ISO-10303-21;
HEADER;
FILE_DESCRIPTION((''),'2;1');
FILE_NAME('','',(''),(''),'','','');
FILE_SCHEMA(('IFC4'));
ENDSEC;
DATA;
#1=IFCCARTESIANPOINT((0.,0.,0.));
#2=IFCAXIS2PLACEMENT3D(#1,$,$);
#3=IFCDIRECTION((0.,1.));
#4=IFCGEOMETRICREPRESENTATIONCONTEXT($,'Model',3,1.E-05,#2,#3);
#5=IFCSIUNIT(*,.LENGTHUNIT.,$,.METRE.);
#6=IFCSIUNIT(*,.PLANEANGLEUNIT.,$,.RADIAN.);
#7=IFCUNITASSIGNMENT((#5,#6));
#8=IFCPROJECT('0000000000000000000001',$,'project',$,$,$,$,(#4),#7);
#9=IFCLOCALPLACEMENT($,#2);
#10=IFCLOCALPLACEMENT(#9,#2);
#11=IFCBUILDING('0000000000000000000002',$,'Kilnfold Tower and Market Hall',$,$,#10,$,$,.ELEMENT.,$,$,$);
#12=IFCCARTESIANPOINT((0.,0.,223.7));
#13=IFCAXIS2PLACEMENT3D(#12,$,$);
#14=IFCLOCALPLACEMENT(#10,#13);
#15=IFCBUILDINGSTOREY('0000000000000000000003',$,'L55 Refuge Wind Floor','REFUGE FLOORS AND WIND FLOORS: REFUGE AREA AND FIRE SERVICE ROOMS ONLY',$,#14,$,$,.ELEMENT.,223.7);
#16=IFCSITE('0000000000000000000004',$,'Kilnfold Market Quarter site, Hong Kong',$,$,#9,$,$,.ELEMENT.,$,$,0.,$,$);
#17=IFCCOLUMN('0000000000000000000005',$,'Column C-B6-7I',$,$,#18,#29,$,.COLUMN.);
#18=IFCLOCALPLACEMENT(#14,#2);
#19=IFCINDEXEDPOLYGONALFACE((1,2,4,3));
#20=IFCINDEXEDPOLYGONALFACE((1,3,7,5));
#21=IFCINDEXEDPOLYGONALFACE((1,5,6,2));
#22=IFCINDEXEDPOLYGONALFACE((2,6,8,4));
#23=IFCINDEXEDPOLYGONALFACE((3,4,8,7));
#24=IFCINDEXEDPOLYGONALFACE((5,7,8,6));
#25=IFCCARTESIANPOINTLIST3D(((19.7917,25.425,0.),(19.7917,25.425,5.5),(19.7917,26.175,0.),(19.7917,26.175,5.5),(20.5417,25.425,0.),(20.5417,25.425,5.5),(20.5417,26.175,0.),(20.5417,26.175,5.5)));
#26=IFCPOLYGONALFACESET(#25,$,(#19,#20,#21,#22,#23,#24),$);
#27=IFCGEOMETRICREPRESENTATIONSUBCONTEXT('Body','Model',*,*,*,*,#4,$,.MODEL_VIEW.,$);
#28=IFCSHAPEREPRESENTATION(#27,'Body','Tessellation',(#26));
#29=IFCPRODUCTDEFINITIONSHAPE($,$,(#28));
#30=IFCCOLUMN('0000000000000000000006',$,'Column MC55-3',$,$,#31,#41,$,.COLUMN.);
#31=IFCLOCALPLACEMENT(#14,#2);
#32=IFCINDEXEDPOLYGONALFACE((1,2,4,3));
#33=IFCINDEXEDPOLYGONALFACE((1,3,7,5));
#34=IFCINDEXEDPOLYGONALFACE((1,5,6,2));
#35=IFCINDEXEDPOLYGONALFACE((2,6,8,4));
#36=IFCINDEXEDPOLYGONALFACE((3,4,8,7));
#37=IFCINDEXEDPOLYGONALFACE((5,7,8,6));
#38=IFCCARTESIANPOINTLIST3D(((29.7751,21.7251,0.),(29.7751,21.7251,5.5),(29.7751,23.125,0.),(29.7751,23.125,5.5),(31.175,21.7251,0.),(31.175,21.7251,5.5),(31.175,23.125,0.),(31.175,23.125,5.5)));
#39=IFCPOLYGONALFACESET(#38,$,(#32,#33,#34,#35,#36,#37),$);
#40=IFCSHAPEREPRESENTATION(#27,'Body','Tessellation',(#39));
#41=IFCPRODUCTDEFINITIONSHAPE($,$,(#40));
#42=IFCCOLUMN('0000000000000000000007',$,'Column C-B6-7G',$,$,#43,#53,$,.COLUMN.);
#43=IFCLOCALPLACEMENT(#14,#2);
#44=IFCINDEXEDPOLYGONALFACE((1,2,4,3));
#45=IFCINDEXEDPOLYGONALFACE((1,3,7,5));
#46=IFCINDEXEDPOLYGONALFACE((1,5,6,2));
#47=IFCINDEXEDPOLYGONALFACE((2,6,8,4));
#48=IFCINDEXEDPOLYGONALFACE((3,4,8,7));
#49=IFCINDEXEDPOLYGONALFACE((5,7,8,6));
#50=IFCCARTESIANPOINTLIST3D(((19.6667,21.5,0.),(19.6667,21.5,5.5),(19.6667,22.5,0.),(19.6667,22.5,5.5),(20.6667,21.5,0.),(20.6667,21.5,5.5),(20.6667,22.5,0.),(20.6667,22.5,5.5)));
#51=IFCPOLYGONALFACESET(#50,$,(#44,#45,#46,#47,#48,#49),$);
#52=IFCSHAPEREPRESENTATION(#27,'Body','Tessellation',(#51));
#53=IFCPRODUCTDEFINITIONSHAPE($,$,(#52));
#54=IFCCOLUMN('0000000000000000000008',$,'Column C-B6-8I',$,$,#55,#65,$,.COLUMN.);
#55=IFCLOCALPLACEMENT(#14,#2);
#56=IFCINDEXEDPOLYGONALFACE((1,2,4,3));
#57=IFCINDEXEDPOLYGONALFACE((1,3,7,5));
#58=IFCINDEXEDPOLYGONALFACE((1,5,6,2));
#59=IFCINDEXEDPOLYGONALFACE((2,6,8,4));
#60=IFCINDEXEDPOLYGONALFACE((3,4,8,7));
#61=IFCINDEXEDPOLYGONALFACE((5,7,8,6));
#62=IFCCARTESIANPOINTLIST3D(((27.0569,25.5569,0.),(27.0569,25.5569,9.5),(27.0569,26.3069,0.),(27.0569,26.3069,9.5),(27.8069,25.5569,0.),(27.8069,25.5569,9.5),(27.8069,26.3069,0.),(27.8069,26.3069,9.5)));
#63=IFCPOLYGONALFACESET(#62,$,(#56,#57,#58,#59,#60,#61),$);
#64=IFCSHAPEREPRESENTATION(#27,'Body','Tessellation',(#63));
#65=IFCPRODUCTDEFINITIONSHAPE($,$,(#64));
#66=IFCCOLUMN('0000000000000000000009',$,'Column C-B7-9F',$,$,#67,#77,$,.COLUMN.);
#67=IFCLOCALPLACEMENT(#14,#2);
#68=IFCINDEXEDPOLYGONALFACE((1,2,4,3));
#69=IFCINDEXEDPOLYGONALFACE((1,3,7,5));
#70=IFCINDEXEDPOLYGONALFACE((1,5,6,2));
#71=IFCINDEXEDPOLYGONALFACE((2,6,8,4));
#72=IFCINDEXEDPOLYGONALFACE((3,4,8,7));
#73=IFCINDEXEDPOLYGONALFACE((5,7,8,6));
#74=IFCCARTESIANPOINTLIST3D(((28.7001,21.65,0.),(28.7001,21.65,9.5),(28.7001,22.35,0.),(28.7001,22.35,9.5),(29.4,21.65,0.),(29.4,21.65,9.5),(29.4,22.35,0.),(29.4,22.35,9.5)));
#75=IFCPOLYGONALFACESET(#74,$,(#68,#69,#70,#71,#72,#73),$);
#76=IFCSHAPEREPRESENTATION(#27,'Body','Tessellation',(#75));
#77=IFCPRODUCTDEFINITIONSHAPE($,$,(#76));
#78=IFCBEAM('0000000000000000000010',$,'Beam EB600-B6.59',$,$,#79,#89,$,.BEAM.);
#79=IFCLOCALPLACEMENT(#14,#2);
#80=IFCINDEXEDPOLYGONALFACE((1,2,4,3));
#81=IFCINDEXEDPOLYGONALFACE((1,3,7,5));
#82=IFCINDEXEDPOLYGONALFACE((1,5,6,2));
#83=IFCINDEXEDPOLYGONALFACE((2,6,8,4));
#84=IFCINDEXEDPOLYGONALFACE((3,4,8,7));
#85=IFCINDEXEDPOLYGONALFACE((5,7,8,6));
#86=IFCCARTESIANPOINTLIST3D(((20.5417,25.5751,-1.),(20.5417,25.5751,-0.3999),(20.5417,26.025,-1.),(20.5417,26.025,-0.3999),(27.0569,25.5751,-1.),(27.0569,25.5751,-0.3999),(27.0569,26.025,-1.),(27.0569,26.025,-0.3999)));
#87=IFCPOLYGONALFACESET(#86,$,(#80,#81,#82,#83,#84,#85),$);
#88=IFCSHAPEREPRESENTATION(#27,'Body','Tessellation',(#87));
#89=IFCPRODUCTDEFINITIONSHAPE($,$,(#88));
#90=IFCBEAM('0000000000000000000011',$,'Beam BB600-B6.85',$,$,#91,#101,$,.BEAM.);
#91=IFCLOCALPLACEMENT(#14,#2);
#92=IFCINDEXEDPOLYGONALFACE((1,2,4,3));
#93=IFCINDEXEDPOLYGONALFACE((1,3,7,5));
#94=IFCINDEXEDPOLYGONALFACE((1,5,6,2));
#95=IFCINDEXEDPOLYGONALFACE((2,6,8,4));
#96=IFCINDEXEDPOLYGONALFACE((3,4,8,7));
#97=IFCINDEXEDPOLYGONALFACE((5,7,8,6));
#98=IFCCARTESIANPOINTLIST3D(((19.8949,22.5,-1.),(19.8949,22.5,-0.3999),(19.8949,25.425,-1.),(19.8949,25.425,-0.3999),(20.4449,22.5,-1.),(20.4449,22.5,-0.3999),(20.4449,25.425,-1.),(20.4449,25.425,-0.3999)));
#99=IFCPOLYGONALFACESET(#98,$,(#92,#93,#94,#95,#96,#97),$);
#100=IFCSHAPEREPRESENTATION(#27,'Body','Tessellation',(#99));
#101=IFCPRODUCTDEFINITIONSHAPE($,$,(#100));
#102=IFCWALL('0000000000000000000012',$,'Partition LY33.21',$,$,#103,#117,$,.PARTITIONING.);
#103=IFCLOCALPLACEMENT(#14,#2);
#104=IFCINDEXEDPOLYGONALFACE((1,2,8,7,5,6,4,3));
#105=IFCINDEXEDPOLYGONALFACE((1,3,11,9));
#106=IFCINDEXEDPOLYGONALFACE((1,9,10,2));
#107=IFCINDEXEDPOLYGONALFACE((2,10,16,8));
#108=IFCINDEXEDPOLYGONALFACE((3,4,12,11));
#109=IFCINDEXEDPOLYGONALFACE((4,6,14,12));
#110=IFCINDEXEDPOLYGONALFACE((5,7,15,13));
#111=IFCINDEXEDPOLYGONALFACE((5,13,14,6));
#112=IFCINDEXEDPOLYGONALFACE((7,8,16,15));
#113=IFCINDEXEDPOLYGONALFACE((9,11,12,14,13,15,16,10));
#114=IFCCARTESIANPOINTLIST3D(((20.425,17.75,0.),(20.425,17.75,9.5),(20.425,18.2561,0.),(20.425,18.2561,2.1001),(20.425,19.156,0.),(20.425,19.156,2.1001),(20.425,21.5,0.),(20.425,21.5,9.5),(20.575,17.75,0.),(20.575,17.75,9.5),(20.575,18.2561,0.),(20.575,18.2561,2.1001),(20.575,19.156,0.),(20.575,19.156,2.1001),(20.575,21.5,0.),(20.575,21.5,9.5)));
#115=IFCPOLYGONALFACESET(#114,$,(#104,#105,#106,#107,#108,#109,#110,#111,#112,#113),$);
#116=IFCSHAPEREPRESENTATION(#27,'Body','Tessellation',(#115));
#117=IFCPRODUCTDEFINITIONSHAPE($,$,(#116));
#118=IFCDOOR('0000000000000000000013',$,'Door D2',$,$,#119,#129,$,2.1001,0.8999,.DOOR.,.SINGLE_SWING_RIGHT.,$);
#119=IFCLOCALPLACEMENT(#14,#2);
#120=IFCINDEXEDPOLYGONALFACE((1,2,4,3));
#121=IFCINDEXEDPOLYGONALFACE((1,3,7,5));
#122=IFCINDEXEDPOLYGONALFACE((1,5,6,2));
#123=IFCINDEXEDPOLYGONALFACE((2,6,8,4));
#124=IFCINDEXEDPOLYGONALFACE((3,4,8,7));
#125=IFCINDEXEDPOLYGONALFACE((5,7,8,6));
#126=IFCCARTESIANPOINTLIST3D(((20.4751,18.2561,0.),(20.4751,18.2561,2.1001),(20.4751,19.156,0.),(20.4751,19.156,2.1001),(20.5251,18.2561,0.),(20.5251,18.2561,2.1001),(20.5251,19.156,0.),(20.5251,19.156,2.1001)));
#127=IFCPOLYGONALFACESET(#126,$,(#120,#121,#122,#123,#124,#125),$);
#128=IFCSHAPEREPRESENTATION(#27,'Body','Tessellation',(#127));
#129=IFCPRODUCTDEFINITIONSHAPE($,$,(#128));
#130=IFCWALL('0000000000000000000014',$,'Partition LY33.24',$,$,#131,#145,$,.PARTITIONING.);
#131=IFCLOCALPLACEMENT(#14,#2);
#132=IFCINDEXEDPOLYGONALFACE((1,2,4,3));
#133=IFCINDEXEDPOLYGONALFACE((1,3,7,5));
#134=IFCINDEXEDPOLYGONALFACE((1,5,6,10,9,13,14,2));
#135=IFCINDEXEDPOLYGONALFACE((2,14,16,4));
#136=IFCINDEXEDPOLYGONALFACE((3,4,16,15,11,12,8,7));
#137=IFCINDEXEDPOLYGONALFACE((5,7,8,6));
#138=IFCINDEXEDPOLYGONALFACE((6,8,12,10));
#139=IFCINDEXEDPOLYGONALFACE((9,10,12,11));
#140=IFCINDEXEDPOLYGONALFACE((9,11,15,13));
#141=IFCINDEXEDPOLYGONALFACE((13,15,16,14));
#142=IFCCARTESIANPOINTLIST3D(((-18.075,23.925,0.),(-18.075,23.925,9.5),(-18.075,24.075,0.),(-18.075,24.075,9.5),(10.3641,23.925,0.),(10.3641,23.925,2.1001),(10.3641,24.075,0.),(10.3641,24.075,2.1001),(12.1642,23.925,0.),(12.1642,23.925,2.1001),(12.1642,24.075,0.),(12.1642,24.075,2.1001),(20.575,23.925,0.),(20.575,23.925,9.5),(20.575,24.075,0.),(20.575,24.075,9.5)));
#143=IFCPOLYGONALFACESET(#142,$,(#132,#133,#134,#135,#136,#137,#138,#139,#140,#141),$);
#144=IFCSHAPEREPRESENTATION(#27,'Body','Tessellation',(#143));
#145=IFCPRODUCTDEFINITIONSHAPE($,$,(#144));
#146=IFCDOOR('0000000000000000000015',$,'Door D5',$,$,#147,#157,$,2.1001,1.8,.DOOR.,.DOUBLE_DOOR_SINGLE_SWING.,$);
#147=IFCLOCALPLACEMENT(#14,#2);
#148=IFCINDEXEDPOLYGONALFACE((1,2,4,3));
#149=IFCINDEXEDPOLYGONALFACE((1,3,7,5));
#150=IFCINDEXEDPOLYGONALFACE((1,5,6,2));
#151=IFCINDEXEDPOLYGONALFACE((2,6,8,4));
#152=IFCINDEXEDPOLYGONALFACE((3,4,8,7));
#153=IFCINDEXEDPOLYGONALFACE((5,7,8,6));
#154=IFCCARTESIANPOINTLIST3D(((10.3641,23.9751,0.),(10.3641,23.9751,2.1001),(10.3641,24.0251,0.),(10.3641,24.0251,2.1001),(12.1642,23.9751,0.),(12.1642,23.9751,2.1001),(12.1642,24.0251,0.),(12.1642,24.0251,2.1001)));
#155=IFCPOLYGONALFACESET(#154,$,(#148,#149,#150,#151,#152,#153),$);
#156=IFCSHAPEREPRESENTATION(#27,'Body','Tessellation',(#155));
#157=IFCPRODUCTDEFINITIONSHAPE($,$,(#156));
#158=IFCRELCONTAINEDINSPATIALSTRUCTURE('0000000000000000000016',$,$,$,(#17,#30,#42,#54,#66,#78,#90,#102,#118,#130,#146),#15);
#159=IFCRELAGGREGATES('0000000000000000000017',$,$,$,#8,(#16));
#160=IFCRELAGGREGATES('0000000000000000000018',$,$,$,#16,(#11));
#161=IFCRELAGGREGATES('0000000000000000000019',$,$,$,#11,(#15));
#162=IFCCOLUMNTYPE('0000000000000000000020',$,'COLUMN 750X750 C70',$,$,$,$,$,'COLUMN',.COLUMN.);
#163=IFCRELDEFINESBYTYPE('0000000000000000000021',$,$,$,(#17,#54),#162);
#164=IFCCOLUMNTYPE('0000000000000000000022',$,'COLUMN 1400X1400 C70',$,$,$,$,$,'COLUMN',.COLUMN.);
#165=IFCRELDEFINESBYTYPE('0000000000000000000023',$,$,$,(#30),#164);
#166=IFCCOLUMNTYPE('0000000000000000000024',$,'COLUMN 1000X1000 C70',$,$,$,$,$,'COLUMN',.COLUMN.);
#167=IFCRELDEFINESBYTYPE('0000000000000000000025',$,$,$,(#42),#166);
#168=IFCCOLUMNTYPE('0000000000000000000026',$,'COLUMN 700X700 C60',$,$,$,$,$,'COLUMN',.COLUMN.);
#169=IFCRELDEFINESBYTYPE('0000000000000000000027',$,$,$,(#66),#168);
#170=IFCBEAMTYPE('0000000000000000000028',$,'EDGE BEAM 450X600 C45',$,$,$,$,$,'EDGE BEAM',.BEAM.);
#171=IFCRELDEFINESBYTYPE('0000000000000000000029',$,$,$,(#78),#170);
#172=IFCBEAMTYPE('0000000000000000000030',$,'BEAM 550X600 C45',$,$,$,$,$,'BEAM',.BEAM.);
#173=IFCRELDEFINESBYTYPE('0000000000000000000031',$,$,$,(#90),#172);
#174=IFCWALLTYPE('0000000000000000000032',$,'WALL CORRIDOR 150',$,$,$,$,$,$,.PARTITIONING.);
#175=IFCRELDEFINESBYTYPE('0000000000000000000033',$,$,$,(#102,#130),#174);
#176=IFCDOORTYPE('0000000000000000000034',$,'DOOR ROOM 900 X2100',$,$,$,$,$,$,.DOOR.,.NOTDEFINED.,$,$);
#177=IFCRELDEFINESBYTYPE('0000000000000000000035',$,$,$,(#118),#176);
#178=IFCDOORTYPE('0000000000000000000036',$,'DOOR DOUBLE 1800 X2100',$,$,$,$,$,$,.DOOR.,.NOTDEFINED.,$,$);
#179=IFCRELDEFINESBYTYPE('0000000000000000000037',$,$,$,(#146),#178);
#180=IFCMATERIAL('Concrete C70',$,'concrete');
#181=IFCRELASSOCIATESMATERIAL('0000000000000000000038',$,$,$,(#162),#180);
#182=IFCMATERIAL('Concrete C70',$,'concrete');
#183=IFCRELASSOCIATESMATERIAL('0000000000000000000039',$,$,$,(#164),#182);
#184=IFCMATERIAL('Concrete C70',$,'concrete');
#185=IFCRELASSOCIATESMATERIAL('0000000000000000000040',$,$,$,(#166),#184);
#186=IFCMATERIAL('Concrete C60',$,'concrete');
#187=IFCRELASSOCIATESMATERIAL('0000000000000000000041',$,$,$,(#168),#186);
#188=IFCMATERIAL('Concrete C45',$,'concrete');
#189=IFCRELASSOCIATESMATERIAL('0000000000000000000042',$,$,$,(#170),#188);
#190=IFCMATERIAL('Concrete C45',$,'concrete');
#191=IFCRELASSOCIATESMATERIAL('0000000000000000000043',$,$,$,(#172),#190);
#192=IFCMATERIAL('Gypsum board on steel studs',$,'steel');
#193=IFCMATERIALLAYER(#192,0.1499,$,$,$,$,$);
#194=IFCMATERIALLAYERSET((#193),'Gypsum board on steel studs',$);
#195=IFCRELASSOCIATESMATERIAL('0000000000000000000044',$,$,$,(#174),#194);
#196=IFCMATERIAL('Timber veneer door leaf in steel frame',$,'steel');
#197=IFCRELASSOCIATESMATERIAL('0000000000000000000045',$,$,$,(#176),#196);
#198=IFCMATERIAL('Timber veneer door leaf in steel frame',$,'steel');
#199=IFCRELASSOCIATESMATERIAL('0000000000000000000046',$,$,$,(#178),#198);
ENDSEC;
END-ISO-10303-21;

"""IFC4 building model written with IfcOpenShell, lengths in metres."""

from ifc_helpers import new_model, si_unit, direction, frame, frame_2d, origin, origin_2d, place, context, subcontext, project, spatial, rectangle, extrude, source, transform, mapped, material, layer, layer_set, material_profile, profile_set, type_object, element, fill, save


model = new_model("IFC4")

# Units and contexts
model_context = context("Model", 3, precision=1e-05, world=origin(), true_north=direction((0.0, 1.0)))
body_context = subcontext(model_context, "Body", "Model", "MODEL_VIEW")
ifc_project = project(units=[si_unit("LENGTHUNIT", "METRE"), si_unit("PLANEANGLEUNIT", "RADIAN")], contexts=[model_context])

# Site, building, storey
site_placement = place(None, origin())
site = spatial("IfcSite", under=ifc_project, at=site_placement, Name="Kilnfold Market Quarter site, Hong Kong", CompositionType="ELEMENT", RefElevation=0.0)
building_placement = place(site_placement, origin())
building = spatial("IfcBuilding", under=site, at=building_placement, Name="Kilnfold Tower and Market Hall", CompositionType="ELEMENT")
storey_placement = place(building_placement, frame((0.0, 0.0, 223.7)))
storey = spatial("IfcBuildingStorey", under=building, at=storey_placement, Name="L55 Refuge Wind Floor", Description="REFUGE FLOORS AND WIND FLOORS: REFUGE AREA AND FIRE SERVICE ROOMS ONLY", CompositionType="ELEMENT", Elevation=223.7)

# Columns
ifc_material_1 = material(Name="Concrete C70", Category="concrete")
ifc_material_profile_1 = material_profile(ifc_material_1, rectangle(XDim=0.75, YDim=0.75, at=origin_2d()), Name="RC 750x750")
ifc_profile_set_1 = profile_set([ifc_material_profile_1], Name="Concrete C70")
column_type_1 = type_object("IfcColumnType", Name="COLUMN 750X750 C70", ElementType="COLUMN", PredefinedType="COLUMN", material=ifc_profile_set_1)
shared_shape_1 = source(origin(), body_context, "Body", "SweptSolid", [
    extrude(rectangle(XDim=0.75, YDim=0.75, at=origin_2d()), origin(), (0.0, 0.0, 1.0), 5.5),
])
column_1_placement = place(storey_placement, frame((20.1667, 25.8, 0.0), z_axis=(0.0, 0.0, 1.0), x_axis=(1.0, 0.0, 0.0)))
element("IfcColumn", 1, at=column_1_placement, inside=storey, type_object=column_type_1, Name="Column C-B6-7I", PredefinedType="COLUMN", context=body_context, shape_type="MappedRepresentation", body=[
    mapped(shared_shape_1, transform((0.0, 0.0, 0.0))),
])
ifc_material_2 = material(Name="Concrete C70", Category="concrete")
ifc_material_profile_2 = material_profile(ifc_material_2, rectangle(XDim=1.3999, YDim=1.3999, at=origin_2d()), Name="RC 1400x1400")
ifc_profile_set_2 = profile_set([ifc_material_profile_2], Name="Concrete C70")
column_type_2 = type_object("IfcColumnType", Name="COLUMN 1400X1400 C70", ElementType="COLUMN", PredefinedType="COLUMN", material=ifc_profile_set_2)
shared_shape_2 = source(origin(), body_context, "Body", "SweptSolid", [
    extrude(rectangle(XDim=1.3999, YDim=1.3999, at=origin_2d()), origin(), (0.0, 0.0, 1.0), 5.5),
])
column_2_placement = place(storey_placement, frame((30.4751, 22.425, 0.0), z_axis=(0.0, 0.0, 1.0), x_axis=(1.0, 0.0, 0.0)))
element("IfcColumn", 2, at=column_2_placement, inside=storey, type_object=column_type_2, Name="Column MC55-3", PredefinedType="COLUMN", context=body_context, shape_type="MappedRepresentation", body=[
    mapped(shared_shape_2, transform((0.0, 0.0, 0.0))),
])
ifc_material_3 = material(Name="Concrete C70", Category="concrete")
ifc_material_profile_3 = material_profile(ifc_material_3, rectangle(XDim=1.0, YDim=1.0, at=origin_2d()), Name="RC 1000x1000")
ifc_profile_set_3 = profile_set([ifc_material_profile_3], Name="Concrete C70")
column_type_3 = type_object("IfcColumnType", Name="COLUMN 1000X1000 C70", ElementType="COLUMN", PredefinedType="COLUMN", material=ifc_profile_set_3)
shared_shape_3 = source(origin(), body_context, "Body", "SweptSolid", [
    extrude(rectangle(XDim=1.0, YDim=1.0, at=origin_2d()), origin(), (0.0, 0.0, 1.0), 5.5),
])
column_3_placement = place(storey_placement, frame((20.1667, 22.0, 0.0), z_axis=(0.0, 0.0, 1.0), x_axis=(1.0, 0.0, 0.0)))
element("IfcColumn", 3, at=column_3_placement, inside=storey, type_object=column_type_3, Name="Column C-B6-7G", PredefinedType="COLUMN", context=body_context, shape_type="MappedRepresentation", body=[
    mapped(shared_shape_3, transform((0.0, 0.0, 0.0))),
])
shared_shape_4 = source(origin(), body_context, "Body", "SweptSolid", [
    extrude(rectangle(XDim=0.75, YDim=0.75, at=origin_2d()), origin(), (0.0, 0.0, 1.0), 9.5),
])
column_4_placement = place(storey_placement, frame((27.4319, 25.9319, 0.0), z_axis=(0.0, 0.0, 1.0), x_axis=(1.0, 0.0, 0.0)))
element("IfcColumn", 4, at=column_4_placement, inside=storey, type_object=column_type_1, Name="Column C-B6-8I", PredefinedType="COLUMN", context=body_context, shape_type="MappedRepresentation", body=[
    mapped(shared_shape_4, transform((0.0, 0.0, 0.0))),
])
ifc_material_4 = material(Name="Concrete C60", Category="concrete")
ifc_material_profile_4 = material_profile(ifc_material_4, rectangle(XDim=0.7, YDim=0.7, at=origin_2d()), Name="RC 700x700")
ifc_profile_set_4 = profile_set([ifc_material_profile_4], Name="Concrete C60")
column_type_4 = type_object("IfcColumnType", Name="COLUMN 700X700 C60", ElementType="COLUMN", PredefinedType="COLUMN", material=ifc_profile_set_4)
shared_shape_5 = source(origin(), body_context, "Body", "SweptSolid", [
    extrude(rectangle(XDim=0.7, YDim=0.7, at=origin_2d()), origin(), (0.0, 0.0, 1.0), 9.5),
])
column_5_placement = place(storey_placement, frame((29.05, 22.0, 0.0), z_axis=(0.0, 0.0, 1.0), x_axis=(1.0, 0.0, 0.0)))
element("IfcColumn", 5, at=column_5_placement, inside=storey, type_object=column_type_4, Name="Column C-B7-9F", PredefinedType="COLUMN", context=body_context, shape_type="MappedRepresentation", body=[
    mapped(shared_shape_5, transform((0.0, 0.0, 0.0))),
])

# Beams
ifc_material_5 = material(Name="Concrete C45", Category="concrete")
ifc_material_profile_5 = material_profile(ifc_material_5, rectangle(XDim=0.45, YDim=0.6001, at=origin_2d()), Name="RC 450x600")
ifc_profile_set_5 = profile_set([ifc_material_profile_5], Name="Concrete C45")
beam_type_1 = type_object("IfcBeamType", Name="EDGE BEAM 450X600 C45", ElementType="EDGE BEAM", PredefinedType="BEAM", material=ifc_profile_set_5)
shared_shape_6 = source(origin(), body_context, "Body", "SweptSolid", [
    extrude(rectangle(XDim=0.45, YDim=0.6001, at=origin_2d()), origin(), (0.0, 0.0, 1.0), 6.5151),
])
beam_1_placement = place(storey_placement, frame((20.5417, 25.8, -0.7), z_axis=(1.0, 0.0, 0.0), x_axis=(0.0, 1.0, 0.0)))
element("IfcBeam", 6, at=beam_1_placement, inside=storey, type_object=beam_type_1, Name="Beam EB600-B6.59", PredefinedType="BEAM", context=body_context, shape_type="MappedRepresentation", body=[
    mapped(shared_shape_6, transform((0.0, 0.0, 0.0))),
])
ifc_material_6 = material(Name="Concrete C45", Category="concrete")
ifc_material_profile_6 = material_profile(ifc_material_6, rectangle(XDim=0.55, YDim=0.6001, at=origin_2d()), Name="RC 550x600")
ifc_profile_set_6 = profile_set([ifc_material_profile_6], Name="Concrete C45")
beam_type_2 = type_object("IfcBeamType", Name="BEAM 550X600 C45", ElementType="BEAM", PredefinedType="BEAM", material=ifc_profile_set_6)
shared_shape_7 = source(origin(), body_context, "Body", "SweptSolid", [
    extrude(rectangle(XDim=0.55, YDim=0.6001, at=origin_2d()), origin(), (0.0, 0.0, 1.0), 2.925),
])
beam_2_placement = place(storey_placement, frame((20.1699, 22.5, -0.7), z_axis=(0.0, 1.0, 0.0), x_axis=(-1.0, 0.0, 0.0)))
element("IfcBeam", 7, at=beam_2_placement, inside=storey, type_object=beam_type_2, Name="Beam BB600-B6.85", PredefinedType="BEAM", context=body_context, shape_type="MappedRepresentation", body=[
    mapped(shared_shape_7, transform((0.0, 0.0, 0.0))),
])

# Walls, openings, doors
ifc_material_7 = material(Name="Gypsum board on steel studs", Category="steel")
ifc_layer_1 = layer(ifc_material_7, 0.1499)
ifc_layer_set_1 = layer_set([ifc_layer_1], Name="Gypsum board on steel studs")
wall_type_1 = type_object("IfcWallType", Name="WALL CORRIDOR 150", PredefinedType="PARTITIONING", material=ifc_layer_set_1)
wall_1_placement = place(storey_placement, frame((20.5, 17.75, 0.0), z_axis=(0.0, 0.0, 1.0), x_axis=(0.0, 1.0, 0.0)))
wall_1 = element("IfcWall", 8, at=wall_1_placement, inside=storey, type_object=wall_type_1, Name="Partition LY33.21", PredefinedType="PARTITIONING", context=body_context, shape_type="SweptSolid", body=[
    extrude(rectangle(XDim=3.75, YDim=0.1499, at=frame_2d((1.875, 0.0))), origin(), (0.0, 0.0, 1.0), 9.5),
])
opening_1_placement = place(wall_1_placement, frame((0.5061, 0.0, 0.0)))
opening_1 = element("IfcOpeningElement", 9, at=opening_1_placement, cuts=wall_1, PredefinedType="OPENING", context=body_context, shape_type="SweptSolid", body=[
    extrude(rectangle(XDim=0.8999, YDim=2.1001, at=frame_2d((0.45, 1.05))), frame((0.0, 0.085, 0.0), z_axis=(0.0, -1.0, 0.0), x_axis=(1.0, 0.0, 0.0)), (0.0, 0.0, 1.0), 0.1699),
])
ifc_material_8 = material(Name="Timber veneer door leaf in steel frame", Category="steel")
door_type_1 = type_object("IfcDoorType", Name="DOOR ROOM 900 X2100", OperationType="NOTDEFINED", PredefinedType="DOOR", material=ifc_material_8)
door_1_placement = place(opening_1_placement, origin())
door_1 = element("IfcDoor", 10, at=door_1_placement, inside=storey, type_object=door_type_1, Name="Door D2", OperationType="SINGLE_SWING_RIGHT", OverallHeight=2.1001, OverallWidth=0.8999, PredefinedType="DOOR", context=body_context, shape_type="SweptSolid", body=[
    extrude(rectangle(XDim=0.8999, YDim=2.1001, at=frame_2d((0.45, 1.05))), frame((0.0, 0.0249, 0.0), z_axis=(0.0, -1.0, 0.0), x_axis=(1.0, 0.0, 0.0)), (0.0, 0.0, 1.0), 0.05),
])
fill(opening_1, door_1)
wall_2_placement = place(storey_placement, frame((20.575, 24.0, 0.0), z_axis=(0.0, 0.0, 1.0), x_axis=(-1.0, 0.0, 0.0)))
wall_2 = element("IfcWall", 11, at=wall_2_placement, inside=storey, type_object=wall_type_1, Name="Partition LY33.24", PredefinedType="PARTITIONING", context=body_context, shape_type="SweptSolid", body=[
    extrude(rectangle(XDim=38.6499, YDim=0.1499, at=frame_2d((19.325, 0.0))), origin(), (0.0, 0.0, 1.0), 9.5),
])
opening_2_placement = place(wall_2_placement, frame((8.4109, 0.0, 0.0)))
opening_2 = element("IfcOpeningElement", 12, at=opening_2_placement, cuts=wall_2, PredefinedType="OPENING", context=body_context, shape_type="SweptSolid", body=[
    extrude(rectangle(XDim=1.8, YDim=2.1001, at=frame_2d((0.8999, 1.05))), frame((0.0, 0.085, 0.0), z_axis=(0.0, -1.0, 0.0), x_axis=(1.0, 0.0, 0.0)), (0.0, 0.0, 1.0), 0.1699),
])
ifc_material_9 = material(Name="Timber veneer door leaf in steel frame", Category="steel")
door_type_2 = type_object("IfcDoorType", Name="DOOR DOUBLE 1800 X2100", OperationType="NOTDEFINED", PredefinedType="DOOR", material=ifc_material_9)
door_2_placement = place(opening_2_placement, origin())
door_2 = element("IfcDoor", 13, at=door_2_placement, inside=storey, type_object=door_type_2, Name="Door D5", OperationType="DOUBLE_DOOR_SINGLE_SWING", OverallHeight=2.1001, OverallWidth=1.8, PredefinedType="DOOR", context=body_context, shape_type="SweptSolid", body=[
    extrude(rectangle(XDim=1.8, YDim=2.1001, at=frame_2d((0.8999, 1.05))), frame((0.0, 0.0249, 0.0), z_axis=(0.0, -1.0, 0.0), x_axis=(1.0, 0.0, 0.0)), (0.0, 0.0, 1.0), 0.05),
])
fill(opening_2, door_2)

save(model, "model.ifc")
